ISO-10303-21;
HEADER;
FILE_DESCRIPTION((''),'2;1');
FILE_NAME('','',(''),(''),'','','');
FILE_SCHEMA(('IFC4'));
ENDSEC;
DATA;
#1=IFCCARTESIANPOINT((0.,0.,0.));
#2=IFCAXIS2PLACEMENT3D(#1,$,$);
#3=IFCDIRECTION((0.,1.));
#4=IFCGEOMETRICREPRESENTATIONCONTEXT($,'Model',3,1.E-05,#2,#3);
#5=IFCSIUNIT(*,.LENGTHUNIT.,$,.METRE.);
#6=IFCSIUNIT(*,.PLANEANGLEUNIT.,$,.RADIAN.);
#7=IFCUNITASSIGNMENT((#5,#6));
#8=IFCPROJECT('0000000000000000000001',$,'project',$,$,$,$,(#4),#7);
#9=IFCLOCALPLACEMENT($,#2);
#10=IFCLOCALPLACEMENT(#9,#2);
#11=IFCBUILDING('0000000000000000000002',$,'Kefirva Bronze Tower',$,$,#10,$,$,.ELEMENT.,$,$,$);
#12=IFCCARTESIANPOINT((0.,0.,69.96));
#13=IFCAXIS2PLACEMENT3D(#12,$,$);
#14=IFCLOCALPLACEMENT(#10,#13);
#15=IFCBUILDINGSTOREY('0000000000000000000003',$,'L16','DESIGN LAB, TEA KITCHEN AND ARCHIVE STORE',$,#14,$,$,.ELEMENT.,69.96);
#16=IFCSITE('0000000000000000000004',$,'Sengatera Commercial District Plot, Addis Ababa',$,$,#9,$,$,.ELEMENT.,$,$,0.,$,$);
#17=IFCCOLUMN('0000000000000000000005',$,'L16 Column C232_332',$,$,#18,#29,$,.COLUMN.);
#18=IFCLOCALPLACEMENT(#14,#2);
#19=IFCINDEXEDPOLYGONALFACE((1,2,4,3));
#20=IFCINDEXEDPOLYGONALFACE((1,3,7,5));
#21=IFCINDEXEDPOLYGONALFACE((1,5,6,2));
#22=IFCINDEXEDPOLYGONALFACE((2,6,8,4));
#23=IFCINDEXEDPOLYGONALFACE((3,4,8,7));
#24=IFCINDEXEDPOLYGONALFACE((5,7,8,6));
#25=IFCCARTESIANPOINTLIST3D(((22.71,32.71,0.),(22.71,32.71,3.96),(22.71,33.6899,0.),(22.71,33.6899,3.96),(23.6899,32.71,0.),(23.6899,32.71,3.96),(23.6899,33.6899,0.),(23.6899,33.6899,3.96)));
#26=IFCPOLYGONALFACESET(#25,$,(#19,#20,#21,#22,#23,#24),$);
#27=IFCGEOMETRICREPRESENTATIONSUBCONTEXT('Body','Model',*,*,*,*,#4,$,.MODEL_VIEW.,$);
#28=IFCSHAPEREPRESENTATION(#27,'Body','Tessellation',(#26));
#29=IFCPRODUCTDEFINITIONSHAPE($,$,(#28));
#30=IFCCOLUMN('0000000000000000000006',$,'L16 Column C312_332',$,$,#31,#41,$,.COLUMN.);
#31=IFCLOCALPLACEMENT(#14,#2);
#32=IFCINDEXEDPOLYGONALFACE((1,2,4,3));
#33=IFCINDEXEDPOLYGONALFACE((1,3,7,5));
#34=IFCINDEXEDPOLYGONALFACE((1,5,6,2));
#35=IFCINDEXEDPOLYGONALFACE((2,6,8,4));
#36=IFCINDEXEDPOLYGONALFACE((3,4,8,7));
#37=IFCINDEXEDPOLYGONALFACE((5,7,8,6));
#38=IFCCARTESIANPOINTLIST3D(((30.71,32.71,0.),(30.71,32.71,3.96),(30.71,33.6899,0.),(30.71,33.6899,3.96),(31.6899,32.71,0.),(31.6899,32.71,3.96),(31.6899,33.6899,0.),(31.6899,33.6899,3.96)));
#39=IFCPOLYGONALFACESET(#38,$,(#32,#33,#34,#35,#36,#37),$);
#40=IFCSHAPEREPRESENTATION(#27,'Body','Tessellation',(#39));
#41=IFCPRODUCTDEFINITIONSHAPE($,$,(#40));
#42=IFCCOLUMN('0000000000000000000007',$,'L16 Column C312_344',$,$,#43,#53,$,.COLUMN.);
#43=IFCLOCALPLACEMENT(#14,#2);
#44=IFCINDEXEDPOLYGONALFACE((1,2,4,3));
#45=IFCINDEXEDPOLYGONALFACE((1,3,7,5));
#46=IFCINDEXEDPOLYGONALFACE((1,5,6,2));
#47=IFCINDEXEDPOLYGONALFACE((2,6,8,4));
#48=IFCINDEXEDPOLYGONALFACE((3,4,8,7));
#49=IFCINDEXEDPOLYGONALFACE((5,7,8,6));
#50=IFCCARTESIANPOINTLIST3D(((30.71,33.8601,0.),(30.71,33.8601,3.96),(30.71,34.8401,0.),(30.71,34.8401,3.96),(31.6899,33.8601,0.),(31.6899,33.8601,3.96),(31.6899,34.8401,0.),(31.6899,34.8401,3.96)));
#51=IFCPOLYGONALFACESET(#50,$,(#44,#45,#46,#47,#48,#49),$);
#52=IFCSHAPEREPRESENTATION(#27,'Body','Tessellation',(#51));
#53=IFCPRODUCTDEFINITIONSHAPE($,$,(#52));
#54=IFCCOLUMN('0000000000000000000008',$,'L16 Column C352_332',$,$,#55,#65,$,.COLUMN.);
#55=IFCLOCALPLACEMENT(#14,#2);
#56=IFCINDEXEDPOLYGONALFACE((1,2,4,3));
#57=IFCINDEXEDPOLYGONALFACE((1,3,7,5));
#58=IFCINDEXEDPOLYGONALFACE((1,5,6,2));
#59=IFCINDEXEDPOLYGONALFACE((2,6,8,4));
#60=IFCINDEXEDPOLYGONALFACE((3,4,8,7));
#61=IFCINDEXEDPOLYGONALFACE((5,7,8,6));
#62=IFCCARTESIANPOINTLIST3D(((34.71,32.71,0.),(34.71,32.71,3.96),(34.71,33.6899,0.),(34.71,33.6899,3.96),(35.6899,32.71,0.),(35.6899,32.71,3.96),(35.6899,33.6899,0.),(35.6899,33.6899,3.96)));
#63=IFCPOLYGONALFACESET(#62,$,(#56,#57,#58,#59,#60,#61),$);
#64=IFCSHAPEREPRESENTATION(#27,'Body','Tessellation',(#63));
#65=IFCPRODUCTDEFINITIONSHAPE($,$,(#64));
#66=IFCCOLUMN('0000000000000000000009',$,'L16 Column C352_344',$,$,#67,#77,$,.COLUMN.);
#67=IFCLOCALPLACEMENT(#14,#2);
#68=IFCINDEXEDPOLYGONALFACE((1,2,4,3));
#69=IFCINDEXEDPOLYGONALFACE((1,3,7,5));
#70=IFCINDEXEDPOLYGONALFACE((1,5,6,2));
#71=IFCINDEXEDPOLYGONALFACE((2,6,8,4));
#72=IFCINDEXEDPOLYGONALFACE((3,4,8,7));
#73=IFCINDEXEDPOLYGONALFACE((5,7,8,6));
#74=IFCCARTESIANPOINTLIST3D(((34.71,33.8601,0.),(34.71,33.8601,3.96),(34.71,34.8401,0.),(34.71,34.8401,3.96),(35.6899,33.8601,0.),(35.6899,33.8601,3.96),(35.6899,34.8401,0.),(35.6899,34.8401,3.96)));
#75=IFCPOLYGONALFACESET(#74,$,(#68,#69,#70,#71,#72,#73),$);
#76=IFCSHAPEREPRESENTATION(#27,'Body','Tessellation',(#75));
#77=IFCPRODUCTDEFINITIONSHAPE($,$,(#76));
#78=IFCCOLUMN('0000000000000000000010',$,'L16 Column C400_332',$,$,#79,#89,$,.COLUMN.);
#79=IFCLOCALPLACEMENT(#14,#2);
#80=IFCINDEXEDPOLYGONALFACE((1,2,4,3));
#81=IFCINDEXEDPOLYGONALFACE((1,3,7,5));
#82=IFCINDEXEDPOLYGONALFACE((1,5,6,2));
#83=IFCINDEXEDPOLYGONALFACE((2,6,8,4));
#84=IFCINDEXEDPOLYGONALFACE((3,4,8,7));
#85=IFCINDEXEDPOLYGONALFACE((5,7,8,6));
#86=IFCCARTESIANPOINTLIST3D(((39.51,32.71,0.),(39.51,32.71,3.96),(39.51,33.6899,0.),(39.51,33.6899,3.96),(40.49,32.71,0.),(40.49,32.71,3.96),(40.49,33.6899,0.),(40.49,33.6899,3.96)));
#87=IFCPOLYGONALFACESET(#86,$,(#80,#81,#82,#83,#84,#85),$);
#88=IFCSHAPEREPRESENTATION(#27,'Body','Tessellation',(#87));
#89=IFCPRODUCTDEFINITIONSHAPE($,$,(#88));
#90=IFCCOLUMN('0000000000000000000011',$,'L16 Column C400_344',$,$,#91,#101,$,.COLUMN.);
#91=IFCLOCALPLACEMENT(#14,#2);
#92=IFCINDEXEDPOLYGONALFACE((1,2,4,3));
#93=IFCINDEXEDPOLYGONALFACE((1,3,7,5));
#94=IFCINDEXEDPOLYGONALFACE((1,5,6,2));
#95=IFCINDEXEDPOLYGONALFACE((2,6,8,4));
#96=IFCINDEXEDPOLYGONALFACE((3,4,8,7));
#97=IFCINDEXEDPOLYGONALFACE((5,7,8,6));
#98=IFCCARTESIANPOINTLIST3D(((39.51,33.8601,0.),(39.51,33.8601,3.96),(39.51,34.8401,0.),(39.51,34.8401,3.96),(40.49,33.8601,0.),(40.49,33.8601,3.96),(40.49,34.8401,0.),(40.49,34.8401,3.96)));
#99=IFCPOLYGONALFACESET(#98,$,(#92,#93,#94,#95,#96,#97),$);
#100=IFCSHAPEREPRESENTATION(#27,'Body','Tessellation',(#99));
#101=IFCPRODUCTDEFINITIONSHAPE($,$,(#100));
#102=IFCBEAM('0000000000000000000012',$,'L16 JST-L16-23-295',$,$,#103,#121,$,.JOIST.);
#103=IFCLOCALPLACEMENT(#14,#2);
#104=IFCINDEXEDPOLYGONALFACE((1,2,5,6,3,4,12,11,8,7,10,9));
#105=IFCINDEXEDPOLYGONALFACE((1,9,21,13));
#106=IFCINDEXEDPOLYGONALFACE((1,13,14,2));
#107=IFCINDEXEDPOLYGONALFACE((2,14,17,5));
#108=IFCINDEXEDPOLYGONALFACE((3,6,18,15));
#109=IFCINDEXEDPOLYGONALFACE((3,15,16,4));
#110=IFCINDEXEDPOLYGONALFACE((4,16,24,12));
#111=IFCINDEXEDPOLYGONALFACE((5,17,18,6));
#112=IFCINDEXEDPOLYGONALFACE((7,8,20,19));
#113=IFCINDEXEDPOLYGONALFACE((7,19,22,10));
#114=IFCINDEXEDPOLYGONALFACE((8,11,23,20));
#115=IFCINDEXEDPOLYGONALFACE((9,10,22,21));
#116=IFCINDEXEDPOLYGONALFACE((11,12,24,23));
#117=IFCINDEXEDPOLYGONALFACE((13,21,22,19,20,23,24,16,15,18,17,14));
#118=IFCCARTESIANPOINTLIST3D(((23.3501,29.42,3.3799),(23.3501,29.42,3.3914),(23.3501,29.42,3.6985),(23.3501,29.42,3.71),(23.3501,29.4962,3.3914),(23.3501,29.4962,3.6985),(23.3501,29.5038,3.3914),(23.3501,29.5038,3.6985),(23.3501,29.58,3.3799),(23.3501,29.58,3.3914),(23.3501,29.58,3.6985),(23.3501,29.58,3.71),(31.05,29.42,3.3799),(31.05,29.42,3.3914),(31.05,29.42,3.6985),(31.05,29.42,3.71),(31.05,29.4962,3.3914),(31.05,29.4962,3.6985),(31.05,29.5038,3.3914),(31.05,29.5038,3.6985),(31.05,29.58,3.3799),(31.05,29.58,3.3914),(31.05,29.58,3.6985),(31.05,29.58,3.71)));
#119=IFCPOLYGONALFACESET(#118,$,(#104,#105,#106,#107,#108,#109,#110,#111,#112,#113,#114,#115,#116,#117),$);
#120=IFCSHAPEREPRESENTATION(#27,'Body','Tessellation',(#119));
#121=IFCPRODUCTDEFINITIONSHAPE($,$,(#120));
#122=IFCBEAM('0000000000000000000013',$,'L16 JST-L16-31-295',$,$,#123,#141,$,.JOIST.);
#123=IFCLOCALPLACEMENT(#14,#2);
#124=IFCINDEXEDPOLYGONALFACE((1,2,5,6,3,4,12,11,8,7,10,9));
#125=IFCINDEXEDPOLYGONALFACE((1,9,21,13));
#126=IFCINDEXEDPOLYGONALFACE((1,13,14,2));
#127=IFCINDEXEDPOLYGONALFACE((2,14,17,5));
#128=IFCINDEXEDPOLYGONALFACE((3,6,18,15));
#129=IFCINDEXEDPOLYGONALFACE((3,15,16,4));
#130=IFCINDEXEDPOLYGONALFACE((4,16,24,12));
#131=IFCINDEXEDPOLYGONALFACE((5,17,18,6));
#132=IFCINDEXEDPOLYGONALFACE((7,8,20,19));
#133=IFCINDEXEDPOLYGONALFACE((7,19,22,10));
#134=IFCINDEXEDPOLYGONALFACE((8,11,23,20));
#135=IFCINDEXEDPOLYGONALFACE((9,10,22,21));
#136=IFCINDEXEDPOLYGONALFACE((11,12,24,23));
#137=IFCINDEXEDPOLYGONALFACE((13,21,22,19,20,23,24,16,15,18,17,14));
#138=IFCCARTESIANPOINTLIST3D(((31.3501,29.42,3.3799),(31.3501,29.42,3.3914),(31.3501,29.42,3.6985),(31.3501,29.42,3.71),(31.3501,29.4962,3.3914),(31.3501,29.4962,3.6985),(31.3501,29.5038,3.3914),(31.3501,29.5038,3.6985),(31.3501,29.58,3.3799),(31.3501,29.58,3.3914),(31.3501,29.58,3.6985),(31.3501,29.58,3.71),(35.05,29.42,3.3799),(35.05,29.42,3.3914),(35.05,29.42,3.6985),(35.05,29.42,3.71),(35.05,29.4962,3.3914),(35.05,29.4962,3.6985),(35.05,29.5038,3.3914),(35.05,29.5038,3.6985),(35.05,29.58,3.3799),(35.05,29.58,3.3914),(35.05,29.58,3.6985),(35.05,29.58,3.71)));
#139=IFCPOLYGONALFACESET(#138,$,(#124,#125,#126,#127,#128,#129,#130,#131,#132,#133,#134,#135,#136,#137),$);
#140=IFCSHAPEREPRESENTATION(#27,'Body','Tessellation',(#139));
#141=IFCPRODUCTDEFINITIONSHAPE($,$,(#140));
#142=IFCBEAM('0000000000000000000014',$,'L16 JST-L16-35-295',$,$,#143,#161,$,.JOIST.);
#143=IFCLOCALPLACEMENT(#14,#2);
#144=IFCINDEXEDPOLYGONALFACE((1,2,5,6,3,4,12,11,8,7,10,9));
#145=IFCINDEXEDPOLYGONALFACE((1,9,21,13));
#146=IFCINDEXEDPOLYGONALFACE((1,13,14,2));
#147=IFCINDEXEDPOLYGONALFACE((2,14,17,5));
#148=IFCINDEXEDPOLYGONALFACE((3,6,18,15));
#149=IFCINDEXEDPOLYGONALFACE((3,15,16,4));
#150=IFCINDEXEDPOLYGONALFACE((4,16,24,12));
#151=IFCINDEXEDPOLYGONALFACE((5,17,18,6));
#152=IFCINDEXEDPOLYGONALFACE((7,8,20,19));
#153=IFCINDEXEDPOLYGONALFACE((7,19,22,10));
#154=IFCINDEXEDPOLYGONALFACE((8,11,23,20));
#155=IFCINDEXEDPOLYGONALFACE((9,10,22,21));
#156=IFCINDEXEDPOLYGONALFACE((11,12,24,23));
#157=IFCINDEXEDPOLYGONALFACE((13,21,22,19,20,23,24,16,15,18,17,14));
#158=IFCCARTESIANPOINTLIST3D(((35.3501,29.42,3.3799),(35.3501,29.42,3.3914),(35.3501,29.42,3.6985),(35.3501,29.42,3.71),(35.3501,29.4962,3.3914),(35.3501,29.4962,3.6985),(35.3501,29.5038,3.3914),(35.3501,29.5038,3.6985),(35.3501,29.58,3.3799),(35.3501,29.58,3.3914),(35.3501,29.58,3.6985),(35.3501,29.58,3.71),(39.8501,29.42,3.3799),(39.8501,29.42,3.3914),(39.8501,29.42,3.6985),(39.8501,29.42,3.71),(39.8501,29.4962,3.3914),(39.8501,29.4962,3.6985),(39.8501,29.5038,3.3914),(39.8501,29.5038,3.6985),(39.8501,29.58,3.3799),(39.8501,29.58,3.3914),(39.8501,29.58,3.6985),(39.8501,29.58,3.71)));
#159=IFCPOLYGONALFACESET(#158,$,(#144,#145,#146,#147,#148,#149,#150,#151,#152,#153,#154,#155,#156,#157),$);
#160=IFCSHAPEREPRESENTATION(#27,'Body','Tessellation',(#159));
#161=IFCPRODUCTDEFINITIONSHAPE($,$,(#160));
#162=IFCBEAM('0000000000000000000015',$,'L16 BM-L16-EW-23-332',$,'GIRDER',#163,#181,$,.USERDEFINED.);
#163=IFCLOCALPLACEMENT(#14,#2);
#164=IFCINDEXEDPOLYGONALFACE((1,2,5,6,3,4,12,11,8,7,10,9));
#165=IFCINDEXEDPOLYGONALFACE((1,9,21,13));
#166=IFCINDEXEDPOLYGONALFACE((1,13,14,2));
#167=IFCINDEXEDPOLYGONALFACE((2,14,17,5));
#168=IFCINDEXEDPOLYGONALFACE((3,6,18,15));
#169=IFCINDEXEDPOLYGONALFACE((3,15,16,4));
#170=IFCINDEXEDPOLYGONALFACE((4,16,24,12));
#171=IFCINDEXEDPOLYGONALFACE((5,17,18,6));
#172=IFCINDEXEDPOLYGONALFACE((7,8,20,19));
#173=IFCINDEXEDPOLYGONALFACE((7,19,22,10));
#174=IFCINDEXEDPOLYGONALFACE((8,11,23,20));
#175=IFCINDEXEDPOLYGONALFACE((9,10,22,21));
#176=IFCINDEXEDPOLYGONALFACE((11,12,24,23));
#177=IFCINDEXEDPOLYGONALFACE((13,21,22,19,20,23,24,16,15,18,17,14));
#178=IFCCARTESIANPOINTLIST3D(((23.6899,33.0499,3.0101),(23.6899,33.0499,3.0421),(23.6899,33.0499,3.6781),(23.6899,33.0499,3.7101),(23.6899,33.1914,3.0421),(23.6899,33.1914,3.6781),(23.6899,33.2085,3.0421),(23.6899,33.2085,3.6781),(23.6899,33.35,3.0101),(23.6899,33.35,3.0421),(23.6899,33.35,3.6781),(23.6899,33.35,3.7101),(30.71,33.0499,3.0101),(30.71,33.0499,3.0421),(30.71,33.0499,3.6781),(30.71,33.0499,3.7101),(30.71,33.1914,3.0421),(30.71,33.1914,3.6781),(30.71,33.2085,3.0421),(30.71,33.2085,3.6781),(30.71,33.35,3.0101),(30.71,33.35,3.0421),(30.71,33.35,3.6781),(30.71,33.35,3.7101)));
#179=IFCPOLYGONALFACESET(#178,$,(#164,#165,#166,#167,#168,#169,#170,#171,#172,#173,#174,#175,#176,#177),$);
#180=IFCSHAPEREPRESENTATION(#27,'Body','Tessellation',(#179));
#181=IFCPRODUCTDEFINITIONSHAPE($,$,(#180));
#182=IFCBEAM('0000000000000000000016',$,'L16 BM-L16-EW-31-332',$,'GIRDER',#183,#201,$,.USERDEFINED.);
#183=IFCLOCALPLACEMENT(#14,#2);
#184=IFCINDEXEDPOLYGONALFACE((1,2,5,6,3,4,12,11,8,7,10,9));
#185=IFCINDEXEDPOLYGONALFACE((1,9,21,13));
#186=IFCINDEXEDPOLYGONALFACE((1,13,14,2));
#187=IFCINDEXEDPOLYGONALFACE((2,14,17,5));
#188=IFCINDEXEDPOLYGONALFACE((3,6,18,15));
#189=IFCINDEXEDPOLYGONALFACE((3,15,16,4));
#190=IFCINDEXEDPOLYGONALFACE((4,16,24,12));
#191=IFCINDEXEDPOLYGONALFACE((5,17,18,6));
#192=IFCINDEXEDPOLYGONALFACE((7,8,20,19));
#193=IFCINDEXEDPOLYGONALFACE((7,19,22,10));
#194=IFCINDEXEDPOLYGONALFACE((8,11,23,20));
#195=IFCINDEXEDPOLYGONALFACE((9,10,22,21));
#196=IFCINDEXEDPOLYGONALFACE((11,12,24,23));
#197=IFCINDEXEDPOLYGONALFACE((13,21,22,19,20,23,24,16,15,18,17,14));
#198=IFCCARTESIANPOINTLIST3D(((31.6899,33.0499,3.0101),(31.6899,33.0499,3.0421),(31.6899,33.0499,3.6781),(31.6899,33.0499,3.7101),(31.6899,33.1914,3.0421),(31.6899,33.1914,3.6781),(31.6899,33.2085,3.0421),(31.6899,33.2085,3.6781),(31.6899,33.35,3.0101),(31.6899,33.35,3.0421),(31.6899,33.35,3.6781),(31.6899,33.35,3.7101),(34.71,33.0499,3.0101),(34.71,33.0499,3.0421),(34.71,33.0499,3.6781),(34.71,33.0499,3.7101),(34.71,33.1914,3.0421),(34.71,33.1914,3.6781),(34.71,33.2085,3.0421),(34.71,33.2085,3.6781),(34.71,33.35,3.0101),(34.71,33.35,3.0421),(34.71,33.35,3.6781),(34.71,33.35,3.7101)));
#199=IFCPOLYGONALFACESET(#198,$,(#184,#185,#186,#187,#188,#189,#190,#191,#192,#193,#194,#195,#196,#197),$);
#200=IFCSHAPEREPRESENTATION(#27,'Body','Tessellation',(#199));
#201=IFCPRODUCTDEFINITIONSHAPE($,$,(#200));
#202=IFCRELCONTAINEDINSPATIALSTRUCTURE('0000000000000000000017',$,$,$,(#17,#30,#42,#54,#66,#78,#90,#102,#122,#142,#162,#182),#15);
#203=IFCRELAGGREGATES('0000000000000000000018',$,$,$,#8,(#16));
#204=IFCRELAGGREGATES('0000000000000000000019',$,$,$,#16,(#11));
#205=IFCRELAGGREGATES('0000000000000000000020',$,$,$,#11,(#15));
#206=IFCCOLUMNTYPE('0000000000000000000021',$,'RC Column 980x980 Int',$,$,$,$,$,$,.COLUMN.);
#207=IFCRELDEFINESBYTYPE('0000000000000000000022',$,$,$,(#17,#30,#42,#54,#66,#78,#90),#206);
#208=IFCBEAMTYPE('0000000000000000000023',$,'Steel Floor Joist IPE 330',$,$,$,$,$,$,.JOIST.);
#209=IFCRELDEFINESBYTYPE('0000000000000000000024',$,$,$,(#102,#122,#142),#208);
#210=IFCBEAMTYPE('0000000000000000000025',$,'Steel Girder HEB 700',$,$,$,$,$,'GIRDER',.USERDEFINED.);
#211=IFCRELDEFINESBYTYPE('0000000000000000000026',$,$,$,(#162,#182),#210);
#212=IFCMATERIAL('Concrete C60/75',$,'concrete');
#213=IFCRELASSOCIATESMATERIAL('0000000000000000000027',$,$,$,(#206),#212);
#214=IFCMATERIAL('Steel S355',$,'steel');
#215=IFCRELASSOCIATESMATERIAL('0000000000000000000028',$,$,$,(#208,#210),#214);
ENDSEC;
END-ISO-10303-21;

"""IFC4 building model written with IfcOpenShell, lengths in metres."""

from ifc_helpers import new_model, si_unit, direction, frame, origin, origin_2d, place, context, subcontext, project, spatial, rectangle, i_section, extrude, material, material_profile, profile_set, type_object, element, save


model = new_model("IFC4")

# Units and contexts
model_context = context("Model", 3, precision=1e-05, world=origin(), true_north=direction((0.0, 1.0)))
body_context = subcontext(model_context, "Body", "Model", "MODEL_VIEW")
ifc_project = project(units=[si_unit("LENGTHUNIT", "METRE"), si_unit("PLANEANGLEUNIT", "RADIAN")], contexts=[model_context])

# Site, building, storey
site_placement = place(None, origin())
site = spatial("IfcSite", under=ifc_project, at=site_placement, Name="Sengatera Commercial District Plot, Addis Ababa", CompositionType="ELEMENT", RefElevation=0.0)
building_placement = place(site_placement, origin())
building = spatial("IfcBuilding", under=site, at=building_placement, Name="Kefirva Bronze Tower", CompositionType="ELEMENT")
storey_placement = place(building_placement, frame((0.0, 0.0, 69.96)))
storey = spatial("IfcBuildingStorey", under=building, at=storey_placement, Name="L16", Description="DESIGN LAB, TEA KITCHEN AND ARCHIVE STORE", CompositionType="ELEMENT", Elevation=69.96)

# Columns
ifc_material_1 = material(Name="Concrete C60/75", Category="concrete")
ifc_material_profile_1 = material_profile(ifc_material_1, rectangle(XDim=0.98, YDim=0.98, at=origin_2d()), Name="RC 980x980")
ifc_profile_set_1 = profile_set([ifc_material_profile_1], Name="Concrete C60/75")
column_type = type_object("IfcColumnType", Name="RC Column 980x980 Int", PredefinedType="COLUMN", material=ifc_profile_set_1)
for number, where, z_axis, x_axis, name in (
    (1, (23.2, 33.2, 0.0), (0.0, 0.0, 1.0), (1.0, 0.0, 0.0), "L16 Column C232_332"),
    (2, (31.2, 33.2, 0.0), (0.0, 0.0, 1.0), (1.0, 0.0, 0.0), "L16 Column C312_332"),
    (3, (31.2, 34.3501, 0.0), (0.0, 0.0, 1.0), (1.0, 0.0, 0.0), "L16 Column C312_344"),
    (4, (35.2, 33.2, 0.0), (0.0, 0.0, 1.0), (1.0, 0.0, 0.0), "L16 Column C352_332"),
    (5, (35.2, 34.3501, 0.0), (0.0, 0.0, 1.0), (1.0, 0.0, 0.0), "L16 Column C352_344"),
    (6, (40.0, 33.2, 0.0), (0.0, 0.0, 1.0), (1.0, 0.0, 0.0), "L16 Column C400_332"),
    (7, (40.0, 34.3501, 0.0), (0.0, 0.0, 1.0), (1.0, 0.0, 0.0), "L16 Column C400_344"),
):
    element("IfcColumn", number, at=place(storey_placement, frame(where, z_axis=z_axis, x_axis=x_axis)), inside=storey, type_object=column_type, Name=name, PredefinedType="COLUMN", context=body_context, shape_type="SweptSolid", body=[
        extrude(rectangle(XDim=0.98, YDim=0.98, at=origin_2d()), origin(), (0.0, 0.0, 1.0), 3.96),
    ])

# Beams
ifc_material_2 = material(Name="Steel S355", Category="steel")
ifc_material_profile_2 = material_profile(ifc_material_2, i_section(OverallWidth=0.1599, OverallDepth=0.3301, WebThickness=0.0076, FlangeThickness=0.0115, at=origin_2d()), Name="IPE 330")
ifc_profile_set_2 = profile_set([ifc_material_profile_2], Name="Steel S355")
beam_type_1 = type_object("IfcBeamType", Name="Steel Floor Joist IPE 330", PredefinedType="JOIST", material=ifc_profile_set_2)
beam_1_placement = place(storey_placement, frame((23.3501, 29.5, 3.5449), z_axis=(1.0, 0.0, 0.0), x_axis=(0.0, 1.0, 0.0)))
element("IfcBeam", 8, at=beam_1_placement, inside=storey, type_object=beam_type_1, Name="L16 JST-L16-23-295", PredefinedType="JOIST", context=body_context, shape_type="SweptSolid", body=[
    extrude(i_section(OverallWidth=0.1599, OverallDepth=0.3301, WebThickness=0.0076, FlangeThickness=0.0115, at=origin_2d()), origin(), (0.0, 0.0, 1.0), 7.7),
])
beam_2_placement = place(storey_placement, frame((31.3501, 29.5, 3.5449), z_axis=(1.0, 0.0, 0.0), x_axis=(0.0, 1.0, 0.0)))
element("IfcBeam", 9, at=beam_2_placement, inside=storey, type_object=beam_type_1, Name="L16 JST-L16-31-295", PredefinedType="JOIST", context=body_context, shape_type="SweptSolid", body=[
    extrude(i_section(OverallWidth=0.1599, OverallDepth=0.3301, WebThickness=0.0076, FlangeThickness=0.0115, at=origin_2d()), origin(), (0.0, 0.0, 1.0), 3.7),
])
beam_3_placement = place(storey_placement, frame((35.3501, 29.5, 3.5449), z_axis=(1.0, 0.0, 0.0), x_axis=(0.0, 1.0, 0.0)))
element("IfcBeam", 10, at=beam_3_placement, inside=storey, type_object=beam_type_1, Name="L16 JST-L16-35-295", PredefinedType="JOIST", context=body_context, shape_type="SweptSolid", body=[
    extrude(i_section(OverallWidth=0.1599, OverallDepth=0.3301, WebThickness=0.0076, FlangeThickness=0.0115, at=origin_2d()), origin(), (0.0, 0.0, 1.0), 4.5),
])
ifc_material_profile_3 = material_profile(ifc_material_2, i_section(OverallWidth=0.3, OverallDepth=0.7, WebThickness=0.0171, FlangeThickness=0.032, at=origin_2d()), Name="HEB 700")
ifc_profile_set_3 = profile_set([ifc_material_profile_3], Name="Steel S355")
beam_type_2 = type_object("IfcBeamType", Name="Steel Girder HEB 700", ElementType="GIRDER", PredefinedType="USERDEFINED", material=ifc_profile_set_3)
beam_4_placement = place(storey_placement, frame((23.6899, 33.2, 3.3601), z_axis=(1.0, 0.0, 0.0), x_axis=(0.0, 1.0, 0.0)))
element("IfcBeam", 11, at=beam_4_placement, inside=storey, type_object=beam_type_2, Name="L16 BM-L16-EW-23-332", ObjectType="GIRDER", PredefinedType="USERDEFINED", context=body_context, shape_type="SweptSolid", body=[
    extrude(i_section(OverallWidth=0.3, OverallDepth=0.7, WebThickness=0.0171, FlangeThickness=0.032, at=origin_2d()), origin(), (0.0, 0.0, 1.0), 7.02),
])
beam_5_placement = place(storey_placement, frame((31.6899, 33.2, 3.3601), z_axis=(1.0, 0.0, 0.0), x_axis=(0.0, 1.0, 0.0)))
element("IfcBeam", 12, at=beam_5_placement, inside=storey, type_object=beam_type_2, Name="L16 BM-L16-EW-31-332", ObjectType="GIRDER", PredefinedType="USERDEFINED", context=body_context, shape_type="SweptSolid", body=[
    extrude(i_section(OverallWidth=0.3, OverallDepth=0.7, WebThickness=0.0171, FlangeThickness=0.032, at=origin_2d()), origin(), (0.0, 0.0, 1.0), 3.02),
])

save(model, "model.ifc")
